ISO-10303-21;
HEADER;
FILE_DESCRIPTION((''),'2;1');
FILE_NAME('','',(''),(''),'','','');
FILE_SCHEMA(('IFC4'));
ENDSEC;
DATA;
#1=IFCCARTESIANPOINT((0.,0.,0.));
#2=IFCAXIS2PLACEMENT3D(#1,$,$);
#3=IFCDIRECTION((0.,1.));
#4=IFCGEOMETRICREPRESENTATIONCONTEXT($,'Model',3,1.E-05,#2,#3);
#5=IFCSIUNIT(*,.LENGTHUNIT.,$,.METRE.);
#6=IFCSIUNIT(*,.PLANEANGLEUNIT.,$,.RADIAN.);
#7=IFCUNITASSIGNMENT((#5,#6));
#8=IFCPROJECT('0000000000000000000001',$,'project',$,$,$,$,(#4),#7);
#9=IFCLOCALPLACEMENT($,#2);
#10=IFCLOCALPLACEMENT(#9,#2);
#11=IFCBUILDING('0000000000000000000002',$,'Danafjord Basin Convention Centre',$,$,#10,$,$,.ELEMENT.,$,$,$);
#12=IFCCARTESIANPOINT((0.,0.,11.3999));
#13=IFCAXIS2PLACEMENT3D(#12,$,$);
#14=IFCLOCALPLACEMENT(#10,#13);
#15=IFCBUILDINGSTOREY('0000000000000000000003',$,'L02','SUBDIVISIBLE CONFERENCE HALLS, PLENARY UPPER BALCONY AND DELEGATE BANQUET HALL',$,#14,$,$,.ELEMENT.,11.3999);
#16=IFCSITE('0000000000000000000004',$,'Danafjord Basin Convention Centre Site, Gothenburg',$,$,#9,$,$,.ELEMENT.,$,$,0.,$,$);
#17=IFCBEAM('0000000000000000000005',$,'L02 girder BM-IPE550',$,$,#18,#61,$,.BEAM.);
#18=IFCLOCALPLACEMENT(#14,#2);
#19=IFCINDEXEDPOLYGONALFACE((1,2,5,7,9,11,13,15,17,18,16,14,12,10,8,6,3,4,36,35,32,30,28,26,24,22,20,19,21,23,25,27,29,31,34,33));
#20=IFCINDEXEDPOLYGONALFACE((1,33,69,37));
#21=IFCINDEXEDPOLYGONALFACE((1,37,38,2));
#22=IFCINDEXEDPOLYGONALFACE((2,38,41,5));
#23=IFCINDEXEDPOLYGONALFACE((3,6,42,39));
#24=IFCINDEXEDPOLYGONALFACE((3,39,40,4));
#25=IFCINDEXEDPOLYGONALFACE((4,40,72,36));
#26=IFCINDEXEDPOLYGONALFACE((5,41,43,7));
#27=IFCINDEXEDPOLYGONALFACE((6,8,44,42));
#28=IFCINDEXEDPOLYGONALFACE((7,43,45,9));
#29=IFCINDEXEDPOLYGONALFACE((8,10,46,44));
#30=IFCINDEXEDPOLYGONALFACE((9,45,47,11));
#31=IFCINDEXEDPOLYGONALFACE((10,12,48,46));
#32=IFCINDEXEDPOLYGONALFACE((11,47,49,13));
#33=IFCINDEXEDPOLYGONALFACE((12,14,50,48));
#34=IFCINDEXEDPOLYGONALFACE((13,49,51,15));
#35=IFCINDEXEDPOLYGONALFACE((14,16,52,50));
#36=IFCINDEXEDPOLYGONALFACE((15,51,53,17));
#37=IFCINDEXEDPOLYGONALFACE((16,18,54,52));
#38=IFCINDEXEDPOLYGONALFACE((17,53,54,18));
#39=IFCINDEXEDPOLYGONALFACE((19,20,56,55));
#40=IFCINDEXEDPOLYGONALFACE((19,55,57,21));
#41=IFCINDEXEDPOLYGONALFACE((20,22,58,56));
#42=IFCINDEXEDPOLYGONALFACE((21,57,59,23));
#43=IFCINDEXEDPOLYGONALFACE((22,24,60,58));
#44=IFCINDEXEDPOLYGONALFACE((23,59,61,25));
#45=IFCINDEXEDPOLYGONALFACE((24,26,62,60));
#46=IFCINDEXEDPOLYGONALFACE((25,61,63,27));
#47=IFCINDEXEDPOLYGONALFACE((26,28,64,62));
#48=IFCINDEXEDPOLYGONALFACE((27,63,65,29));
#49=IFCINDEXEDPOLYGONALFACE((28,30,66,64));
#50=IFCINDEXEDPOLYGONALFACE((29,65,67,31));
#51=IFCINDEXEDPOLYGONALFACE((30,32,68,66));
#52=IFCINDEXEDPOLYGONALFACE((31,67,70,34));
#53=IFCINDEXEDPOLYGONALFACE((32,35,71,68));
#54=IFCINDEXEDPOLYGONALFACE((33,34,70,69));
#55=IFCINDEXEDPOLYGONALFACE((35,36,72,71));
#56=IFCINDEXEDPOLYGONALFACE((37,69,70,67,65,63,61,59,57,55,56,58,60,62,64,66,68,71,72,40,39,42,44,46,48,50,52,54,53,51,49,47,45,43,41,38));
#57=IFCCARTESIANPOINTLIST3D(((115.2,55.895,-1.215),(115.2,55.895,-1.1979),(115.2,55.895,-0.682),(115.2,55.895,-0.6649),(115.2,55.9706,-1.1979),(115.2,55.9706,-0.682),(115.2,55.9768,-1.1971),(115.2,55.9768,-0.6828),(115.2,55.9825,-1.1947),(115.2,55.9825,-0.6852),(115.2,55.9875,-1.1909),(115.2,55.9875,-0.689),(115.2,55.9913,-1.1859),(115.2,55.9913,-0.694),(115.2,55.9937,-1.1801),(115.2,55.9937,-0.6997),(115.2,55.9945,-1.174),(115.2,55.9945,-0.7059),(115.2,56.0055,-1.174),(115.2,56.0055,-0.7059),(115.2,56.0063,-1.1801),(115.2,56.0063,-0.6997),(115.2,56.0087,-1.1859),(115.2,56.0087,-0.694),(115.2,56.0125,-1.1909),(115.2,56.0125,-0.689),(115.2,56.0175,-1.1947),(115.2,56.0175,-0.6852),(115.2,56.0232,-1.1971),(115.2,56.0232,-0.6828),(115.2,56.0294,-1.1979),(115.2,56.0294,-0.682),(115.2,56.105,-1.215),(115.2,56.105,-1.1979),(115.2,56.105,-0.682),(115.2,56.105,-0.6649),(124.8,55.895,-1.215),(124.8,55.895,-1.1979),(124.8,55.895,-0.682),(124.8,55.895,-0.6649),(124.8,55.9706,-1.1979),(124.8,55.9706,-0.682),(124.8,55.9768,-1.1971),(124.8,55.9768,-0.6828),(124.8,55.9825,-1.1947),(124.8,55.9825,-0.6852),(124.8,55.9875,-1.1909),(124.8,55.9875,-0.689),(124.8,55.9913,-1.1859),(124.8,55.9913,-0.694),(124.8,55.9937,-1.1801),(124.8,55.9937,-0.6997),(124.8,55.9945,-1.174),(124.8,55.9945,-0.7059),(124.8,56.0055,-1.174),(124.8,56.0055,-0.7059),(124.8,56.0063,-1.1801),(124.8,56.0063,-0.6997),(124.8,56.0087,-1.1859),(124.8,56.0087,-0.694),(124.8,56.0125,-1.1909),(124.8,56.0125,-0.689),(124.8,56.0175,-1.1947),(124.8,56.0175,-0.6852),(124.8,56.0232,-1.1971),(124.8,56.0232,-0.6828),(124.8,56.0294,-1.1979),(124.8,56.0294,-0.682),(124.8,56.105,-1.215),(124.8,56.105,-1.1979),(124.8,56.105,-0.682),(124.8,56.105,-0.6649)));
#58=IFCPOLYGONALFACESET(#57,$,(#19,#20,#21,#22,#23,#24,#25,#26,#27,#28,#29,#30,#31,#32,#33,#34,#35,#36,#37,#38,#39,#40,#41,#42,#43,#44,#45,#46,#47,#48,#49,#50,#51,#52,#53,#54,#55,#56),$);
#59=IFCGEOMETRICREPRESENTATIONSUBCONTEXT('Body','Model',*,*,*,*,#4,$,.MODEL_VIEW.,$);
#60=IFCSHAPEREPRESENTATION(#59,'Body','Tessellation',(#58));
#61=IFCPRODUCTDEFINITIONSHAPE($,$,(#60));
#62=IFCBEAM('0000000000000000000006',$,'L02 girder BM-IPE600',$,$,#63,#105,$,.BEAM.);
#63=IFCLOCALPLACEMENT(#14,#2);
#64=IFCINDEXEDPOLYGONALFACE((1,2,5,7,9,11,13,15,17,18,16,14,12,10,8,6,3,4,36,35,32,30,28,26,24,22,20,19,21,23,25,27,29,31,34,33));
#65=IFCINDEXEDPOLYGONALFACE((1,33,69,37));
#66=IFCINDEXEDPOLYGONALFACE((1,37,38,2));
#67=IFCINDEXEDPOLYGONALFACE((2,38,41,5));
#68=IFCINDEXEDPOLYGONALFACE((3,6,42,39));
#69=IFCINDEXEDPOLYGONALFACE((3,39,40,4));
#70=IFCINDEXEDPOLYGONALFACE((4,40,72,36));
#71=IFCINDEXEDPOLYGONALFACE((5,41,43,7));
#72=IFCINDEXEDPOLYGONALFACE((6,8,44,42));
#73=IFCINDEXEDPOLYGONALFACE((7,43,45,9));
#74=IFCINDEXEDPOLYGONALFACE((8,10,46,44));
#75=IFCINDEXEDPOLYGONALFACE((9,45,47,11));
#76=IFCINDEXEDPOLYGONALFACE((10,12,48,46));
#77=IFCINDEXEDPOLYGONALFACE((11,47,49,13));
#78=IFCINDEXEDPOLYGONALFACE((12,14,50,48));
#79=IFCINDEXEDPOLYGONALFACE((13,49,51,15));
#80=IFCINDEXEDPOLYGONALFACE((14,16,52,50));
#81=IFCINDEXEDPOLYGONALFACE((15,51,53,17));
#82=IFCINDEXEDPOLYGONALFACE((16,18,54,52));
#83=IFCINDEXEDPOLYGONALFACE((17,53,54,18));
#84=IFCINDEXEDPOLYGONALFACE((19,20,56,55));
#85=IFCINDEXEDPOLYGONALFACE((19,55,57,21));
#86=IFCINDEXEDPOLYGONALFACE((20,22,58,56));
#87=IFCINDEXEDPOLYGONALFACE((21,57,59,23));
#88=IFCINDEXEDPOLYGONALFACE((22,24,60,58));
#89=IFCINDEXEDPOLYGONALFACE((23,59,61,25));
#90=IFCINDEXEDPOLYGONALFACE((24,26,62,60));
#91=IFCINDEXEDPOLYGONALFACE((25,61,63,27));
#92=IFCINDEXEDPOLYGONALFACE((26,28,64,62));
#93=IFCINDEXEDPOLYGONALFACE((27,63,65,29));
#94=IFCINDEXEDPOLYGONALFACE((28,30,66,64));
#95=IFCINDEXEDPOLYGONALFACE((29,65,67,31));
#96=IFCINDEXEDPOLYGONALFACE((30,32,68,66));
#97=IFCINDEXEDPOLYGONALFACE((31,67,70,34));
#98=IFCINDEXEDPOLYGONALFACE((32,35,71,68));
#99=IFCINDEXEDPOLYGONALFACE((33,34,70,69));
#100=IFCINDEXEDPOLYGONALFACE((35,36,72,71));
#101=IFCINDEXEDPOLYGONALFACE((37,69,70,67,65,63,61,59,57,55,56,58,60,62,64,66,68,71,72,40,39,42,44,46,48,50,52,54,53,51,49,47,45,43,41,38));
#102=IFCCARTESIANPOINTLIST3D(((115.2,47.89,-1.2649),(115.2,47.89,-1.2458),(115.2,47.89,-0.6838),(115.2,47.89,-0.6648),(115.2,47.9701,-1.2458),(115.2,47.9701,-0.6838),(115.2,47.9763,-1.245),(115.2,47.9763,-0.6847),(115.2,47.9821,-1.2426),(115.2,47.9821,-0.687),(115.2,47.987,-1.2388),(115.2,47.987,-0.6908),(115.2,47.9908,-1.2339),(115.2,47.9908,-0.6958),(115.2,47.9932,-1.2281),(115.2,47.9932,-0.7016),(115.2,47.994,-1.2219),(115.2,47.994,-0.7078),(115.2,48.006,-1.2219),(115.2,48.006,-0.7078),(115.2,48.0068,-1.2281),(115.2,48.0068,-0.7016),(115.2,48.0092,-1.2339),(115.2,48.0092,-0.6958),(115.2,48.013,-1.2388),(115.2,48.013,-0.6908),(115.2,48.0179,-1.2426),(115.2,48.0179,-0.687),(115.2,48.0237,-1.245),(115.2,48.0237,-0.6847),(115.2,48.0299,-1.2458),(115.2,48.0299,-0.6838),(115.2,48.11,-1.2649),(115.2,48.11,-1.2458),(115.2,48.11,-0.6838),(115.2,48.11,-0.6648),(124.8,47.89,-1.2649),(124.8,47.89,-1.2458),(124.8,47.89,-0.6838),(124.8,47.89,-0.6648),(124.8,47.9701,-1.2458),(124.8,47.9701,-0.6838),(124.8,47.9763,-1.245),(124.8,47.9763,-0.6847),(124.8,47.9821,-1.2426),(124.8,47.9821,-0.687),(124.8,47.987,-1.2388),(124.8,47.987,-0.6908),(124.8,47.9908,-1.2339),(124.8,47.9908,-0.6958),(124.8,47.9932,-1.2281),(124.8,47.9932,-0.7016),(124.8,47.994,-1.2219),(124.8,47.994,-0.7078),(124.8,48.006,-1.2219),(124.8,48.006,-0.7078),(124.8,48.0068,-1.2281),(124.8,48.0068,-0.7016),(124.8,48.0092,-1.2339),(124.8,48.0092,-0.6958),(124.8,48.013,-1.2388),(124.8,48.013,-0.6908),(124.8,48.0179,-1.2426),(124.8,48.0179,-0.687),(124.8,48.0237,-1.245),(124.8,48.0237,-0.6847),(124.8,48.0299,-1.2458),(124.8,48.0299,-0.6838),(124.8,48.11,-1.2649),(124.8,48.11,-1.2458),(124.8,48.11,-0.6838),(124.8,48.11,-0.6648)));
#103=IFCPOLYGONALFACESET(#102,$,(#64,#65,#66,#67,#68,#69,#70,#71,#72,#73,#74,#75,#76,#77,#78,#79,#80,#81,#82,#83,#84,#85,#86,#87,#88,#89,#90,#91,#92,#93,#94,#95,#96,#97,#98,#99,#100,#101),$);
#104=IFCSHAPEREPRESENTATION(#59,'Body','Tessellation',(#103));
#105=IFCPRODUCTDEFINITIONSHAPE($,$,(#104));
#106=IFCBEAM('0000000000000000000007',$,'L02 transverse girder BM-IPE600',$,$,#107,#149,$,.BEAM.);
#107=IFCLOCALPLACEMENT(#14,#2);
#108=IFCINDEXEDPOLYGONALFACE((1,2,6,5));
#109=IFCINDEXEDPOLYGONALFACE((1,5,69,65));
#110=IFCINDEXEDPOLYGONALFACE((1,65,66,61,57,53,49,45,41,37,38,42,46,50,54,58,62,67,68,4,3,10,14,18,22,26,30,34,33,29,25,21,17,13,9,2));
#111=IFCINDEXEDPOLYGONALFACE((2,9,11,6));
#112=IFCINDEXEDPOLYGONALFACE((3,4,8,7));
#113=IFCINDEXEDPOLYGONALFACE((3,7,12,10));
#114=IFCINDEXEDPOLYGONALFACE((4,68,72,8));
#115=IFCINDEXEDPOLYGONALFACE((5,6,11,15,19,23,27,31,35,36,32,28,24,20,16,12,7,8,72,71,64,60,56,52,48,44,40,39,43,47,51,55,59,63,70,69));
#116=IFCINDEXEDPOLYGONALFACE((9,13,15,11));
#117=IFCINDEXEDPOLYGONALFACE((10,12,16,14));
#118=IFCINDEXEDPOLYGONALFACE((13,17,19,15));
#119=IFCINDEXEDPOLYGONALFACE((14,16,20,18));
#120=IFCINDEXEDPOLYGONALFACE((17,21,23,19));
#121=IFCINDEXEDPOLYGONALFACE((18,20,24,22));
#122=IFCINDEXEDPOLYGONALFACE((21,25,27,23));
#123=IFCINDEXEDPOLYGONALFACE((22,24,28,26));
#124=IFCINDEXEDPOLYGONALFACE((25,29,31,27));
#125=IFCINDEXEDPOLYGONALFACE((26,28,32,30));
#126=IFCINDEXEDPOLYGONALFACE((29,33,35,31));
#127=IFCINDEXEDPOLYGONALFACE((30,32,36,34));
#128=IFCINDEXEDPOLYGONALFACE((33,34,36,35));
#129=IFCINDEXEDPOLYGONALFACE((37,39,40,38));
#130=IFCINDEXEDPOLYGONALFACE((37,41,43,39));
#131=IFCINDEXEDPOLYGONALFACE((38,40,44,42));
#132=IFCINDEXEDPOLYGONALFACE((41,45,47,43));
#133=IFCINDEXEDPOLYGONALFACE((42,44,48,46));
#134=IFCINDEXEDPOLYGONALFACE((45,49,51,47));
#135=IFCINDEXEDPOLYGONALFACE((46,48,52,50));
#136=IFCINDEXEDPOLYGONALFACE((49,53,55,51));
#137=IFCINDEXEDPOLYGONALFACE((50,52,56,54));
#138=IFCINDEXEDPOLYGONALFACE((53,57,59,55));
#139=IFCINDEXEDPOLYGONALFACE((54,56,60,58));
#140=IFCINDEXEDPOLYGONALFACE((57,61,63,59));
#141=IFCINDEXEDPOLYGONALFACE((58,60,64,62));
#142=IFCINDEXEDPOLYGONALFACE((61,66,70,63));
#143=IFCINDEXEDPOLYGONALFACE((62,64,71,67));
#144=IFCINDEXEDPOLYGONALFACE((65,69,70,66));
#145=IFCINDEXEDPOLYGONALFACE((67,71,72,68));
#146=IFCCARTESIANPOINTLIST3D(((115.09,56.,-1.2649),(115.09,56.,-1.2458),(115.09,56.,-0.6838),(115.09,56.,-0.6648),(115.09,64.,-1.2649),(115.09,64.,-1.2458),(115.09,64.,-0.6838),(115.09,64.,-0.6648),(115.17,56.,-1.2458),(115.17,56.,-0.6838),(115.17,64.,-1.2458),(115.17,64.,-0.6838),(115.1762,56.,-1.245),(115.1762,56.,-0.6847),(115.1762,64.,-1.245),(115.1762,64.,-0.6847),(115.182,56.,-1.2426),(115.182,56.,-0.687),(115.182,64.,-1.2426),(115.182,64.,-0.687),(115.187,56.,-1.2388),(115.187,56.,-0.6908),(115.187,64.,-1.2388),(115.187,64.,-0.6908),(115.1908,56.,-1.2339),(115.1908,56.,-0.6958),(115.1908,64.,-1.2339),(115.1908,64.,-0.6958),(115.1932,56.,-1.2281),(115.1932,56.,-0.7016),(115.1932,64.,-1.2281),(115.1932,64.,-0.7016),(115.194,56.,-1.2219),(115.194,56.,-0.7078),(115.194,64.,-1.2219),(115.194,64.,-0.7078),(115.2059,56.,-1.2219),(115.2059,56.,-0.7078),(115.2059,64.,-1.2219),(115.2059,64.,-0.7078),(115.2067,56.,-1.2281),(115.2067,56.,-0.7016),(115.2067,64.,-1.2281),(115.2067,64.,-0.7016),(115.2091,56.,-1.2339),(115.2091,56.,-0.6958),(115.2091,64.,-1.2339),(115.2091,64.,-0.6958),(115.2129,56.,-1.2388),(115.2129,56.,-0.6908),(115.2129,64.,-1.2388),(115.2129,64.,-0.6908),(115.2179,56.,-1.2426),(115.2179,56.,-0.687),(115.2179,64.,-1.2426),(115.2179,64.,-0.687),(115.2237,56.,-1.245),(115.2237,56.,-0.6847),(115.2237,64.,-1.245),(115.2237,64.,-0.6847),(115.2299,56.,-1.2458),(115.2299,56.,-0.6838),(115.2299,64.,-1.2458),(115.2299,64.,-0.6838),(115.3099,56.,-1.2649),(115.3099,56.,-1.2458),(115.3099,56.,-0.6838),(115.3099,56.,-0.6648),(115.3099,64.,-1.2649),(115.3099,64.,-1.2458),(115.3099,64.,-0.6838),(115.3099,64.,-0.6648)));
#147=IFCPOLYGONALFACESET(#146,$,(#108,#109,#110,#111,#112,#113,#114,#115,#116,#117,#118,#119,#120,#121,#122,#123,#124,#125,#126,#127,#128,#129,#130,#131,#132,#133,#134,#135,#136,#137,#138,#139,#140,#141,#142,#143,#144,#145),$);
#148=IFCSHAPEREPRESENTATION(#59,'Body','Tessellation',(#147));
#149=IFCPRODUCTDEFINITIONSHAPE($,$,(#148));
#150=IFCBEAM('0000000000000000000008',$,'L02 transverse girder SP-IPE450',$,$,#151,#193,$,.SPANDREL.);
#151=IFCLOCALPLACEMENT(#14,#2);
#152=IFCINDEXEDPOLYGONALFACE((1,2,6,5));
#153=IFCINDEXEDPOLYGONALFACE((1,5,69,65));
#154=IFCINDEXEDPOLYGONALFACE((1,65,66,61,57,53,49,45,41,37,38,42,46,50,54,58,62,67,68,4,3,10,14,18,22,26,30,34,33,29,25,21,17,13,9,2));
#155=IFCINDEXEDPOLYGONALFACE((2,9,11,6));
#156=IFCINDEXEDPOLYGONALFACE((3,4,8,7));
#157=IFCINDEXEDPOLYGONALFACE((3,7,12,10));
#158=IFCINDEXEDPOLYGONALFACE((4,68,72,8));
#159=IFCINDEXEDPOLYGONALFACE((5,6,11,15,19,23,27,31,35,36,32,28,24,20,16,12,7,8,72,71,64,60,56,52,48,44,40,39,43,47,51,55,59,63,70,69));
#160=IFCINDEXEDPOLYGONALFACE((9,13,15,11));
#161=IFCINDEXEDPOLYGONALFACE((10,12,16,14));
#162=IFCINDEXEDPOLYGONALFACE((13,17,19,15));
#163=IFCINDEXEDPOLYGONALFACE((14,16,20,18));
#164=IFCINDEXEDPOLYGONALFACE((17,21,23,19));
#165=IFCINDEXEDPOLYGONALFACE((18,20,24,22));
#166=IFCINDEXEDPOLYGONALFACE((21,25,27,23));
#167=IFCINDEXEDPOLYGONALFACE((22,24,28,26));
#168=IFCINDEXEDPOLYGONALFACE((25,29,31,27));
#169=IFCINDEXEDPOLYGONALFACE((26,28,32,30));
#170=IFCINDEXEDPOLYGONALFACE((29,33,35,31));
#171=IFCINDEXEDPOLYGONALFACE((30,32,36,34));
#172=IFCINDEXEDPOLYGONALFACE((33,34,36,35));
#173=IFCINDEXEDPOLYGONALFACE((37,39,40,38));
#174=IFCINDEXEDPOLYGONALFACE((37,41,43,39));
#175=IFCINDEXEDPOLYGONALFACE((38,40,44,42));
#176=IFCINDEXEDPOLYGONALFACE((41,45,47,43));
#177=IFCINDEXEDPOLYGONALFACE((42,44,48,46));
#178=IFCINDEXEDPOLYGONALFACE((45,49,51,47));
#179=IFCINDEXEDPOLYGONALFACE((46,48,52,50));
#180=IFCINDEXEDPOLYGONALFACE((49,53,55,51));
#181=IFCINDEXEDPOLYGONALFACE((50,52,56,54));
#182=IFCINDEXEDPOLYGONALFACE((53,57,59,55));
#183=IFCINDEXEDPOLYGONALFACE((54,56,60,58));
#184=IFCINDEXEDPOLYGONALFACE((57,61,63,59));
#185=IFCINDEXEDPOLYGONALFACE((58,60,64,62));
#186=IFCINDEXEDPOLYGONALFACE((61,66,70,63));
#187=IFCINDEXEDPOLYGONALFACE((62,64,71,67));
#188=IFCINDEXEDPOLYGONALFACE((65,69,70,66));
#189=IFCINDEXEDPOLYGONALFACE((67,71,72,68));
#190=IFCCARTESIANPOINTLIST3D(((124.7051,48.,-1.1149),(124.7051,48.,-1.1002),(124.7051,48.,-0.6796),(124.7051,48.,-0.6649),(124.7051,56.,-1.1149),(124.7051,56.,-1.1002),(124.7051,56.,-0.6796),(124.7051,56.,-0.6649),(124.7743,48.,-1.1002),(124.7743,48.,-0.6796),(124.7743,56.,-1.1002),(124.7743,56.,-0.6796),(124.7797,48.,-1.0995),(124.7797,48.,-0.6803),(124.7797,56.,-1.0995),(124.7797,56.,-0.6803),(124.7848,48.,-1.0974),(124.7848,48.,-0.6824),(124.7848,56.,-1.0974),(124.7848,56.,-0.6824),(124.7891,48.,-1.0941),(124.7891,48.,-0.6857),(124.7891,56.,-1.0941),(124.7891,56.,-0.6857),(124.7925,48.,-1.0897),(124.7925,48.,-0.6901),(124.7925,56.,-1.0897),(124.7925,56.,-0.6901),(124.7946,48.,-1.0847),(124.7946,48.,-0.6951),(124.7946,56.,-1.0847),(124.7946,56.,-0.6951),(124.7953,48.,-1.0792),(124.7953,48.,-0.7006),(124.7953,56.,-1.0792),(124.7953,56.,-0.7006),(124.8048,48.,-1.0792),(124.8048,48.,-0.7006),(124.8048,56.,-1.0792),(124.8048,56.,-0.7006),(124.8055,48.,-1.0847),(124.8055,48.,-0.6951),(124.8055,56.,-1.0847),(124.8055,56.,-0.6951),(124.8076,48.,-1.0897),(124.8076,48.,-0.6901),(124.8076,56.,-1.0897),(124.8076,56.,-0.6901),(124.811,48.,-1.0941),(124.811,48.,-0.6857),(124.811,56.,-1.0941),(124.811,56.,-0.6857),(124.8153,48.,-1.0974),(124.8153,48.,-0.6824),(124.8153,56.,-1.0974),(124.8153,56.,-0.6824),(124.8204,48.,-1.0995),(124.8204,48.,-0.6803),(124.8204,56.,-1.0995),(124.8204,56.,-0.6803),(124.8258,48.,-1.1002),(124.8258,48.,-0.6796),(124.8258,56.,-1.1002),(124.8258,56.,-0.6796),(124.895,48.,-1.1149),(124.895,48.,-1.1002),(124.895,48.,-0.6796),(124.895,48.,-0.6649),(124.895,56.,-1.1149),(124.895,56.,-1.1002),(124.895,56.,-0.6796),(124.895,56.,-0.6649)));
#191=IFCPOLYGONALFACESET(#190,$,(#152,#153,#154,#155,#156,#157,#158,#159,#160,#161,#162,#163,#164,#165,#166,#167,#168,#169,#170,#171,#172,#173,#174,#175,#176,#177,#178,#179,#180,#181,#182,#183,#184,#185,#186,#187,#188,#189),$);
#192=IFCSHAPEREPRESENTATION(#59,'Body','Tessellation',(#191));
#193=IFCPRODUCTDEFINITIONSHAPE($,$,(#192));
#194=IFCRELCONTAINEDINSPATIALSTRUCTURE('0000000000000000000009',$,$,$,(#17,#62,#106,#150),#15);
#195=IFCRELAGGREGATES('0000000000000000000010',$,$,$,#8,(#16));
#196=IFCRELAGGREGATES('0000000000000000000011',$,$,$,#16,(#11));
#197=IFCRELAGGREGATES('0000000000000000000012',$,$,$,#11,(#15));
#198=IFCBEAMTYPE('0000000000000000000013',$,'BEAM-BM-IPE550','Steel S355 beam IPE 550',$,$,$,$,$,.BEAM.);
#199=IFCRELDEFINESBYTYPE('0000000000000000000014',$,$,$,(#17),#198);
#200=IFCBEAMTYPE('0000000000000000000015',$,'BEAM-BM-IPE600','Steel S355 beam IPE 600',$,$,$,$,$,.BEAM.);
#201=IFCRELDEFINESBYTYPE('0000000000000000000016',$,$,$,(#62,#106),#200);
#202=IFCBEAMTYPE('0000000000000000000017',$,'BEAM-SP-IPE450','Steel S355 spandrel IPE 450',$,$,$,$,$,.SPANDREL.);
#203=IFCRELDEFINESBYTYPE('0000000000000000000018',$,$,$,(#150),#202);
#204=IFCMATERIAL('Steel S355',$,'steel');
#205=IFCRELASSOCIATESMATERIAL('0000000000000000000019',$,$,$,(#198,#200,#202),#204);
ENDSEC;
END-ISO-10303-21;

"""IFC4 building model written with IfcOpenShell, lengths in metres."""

from ifc_helpers import new_model, si_unit, direction, frame, origin, origin_2d, place, context, subcontext, project, spatial, i_section, extrude, material, material_profile, profile_set, type_object, element, save


model = new_model("IFC4")

# Units and contexts
model_context = context("Model", 3, precision=1e-05, world=origin(), true_north=direction((0.0, 1.0)))
body_context = subcontext(model_context, "Body", "Model", "MODEL_VIEW")
ifc_project = project(units=[si_unit("LENGTHUNIT", "METRE"), si_unit("PLANEANGLEUNIT", "RADIAN")], contexts=[model_context])

# Site, building, storey
site_placement = place(None, origin())
site = spatial("IfcSite", under=ifc_project, at=site_placement, Name="Danafjord Basin Convention Centre Site, Gothenburg", CompositionType="ELEMENT", RefElevation=0.0)
building_placement = place(site_placement, origin())
building = spatial("IfcBuilding", under=site, at=building_placement, Name="Danafjord Basin Convention Centre", CompositionType="ELEMENT")
storey_placement = place(building_placement, frame((0.0, 0.0, 11.3999)))
storey = spatial("IfcBuildingStorey", under=building, at=storey_placement, Name="L02", Description="SUBDIVISIBLE CONFERENCE HALLS, PLENARY UPPER BALCONY AND DELEGATE BANQUET HALL", CompositionType="ELEMENT", Elevation=11.3999)

# Shared definitions
ifc_material_1 = material(Name="Steel S355", Category="steel")

# Beams
ifc_material_profile_1 = material_profile(ifc_material_1, i_section(OverallWidth=0.21, OverallDepth=0.55, WebThickness=0.011, FlangeThickness=0.0171, FilletRadius=0.0239, at=origin_2d()), Name="IPE 550")
ifc_profile_set_1 = profile_set([ifc_material_profile_1], Name="Steel S355")
beam_type_1 = type_object("IfcBeamType", Name="BEAM-BM-IPE550", Description="Steel S355 beam IPE 550", PredefinedType="BEAM", material=ifc_profile_set_1)
beam_1_placement = place(storey_placement, frame((115.2, 56.0, -0.9399), z_axis=(1.0, 0.0, 0.0), x_axis=(0.0, 1.0, 0.0)))
element("IfcBeam", 1, at=beam_1_placement, inside=storey, type_object=beam_type_1, Name="L02 girder BM-IPE550", PredefinedType="BEAM", context=body_context, shape_type="SweptSolid", body=[
    extrude(i_section(OverallWidth=0.21, OverallDepth=0.55, WebThickness=0.011, FlangeThickness=0.0171, FilletRadius=0.0239, at=origin_2d()), origin(), (0.0, 0.0, 1.0), 9.6001),
])
ifc_material_profile_2 = material_profile(ifc_material_1, i_section(OverallWidth=0.22, OverallDepth=0.6001, WebThickness=0.012, FlangeThickness=0.019, FilletRadius=0.0239, at=origin_2d()), Name="IPE 600")
ifc_profile_set_2 = profile_set([ifc_material_profile_2], Name="Steel S355")
beam_type_2 = type_object("IfcBeamType", Name="BEAM-BM-IPE600", Description="Steel S355 beam IPE 600", PredefinedType="BEAM", material=ifc_profile_set_2)
beam_2_placement = place(storey_placement, frame((115.2, 48.0, -0.9648), z_axis=(1.0, 0.0, 0.0), x_axis=(0.0, 1.0, 0.0)))
element("IfcBeam", 2, at=beam_2_placement, inside=storey, type_object=beam_type_2, Name="L02 girder BM-IPE600", PredefinedType="BEAM", context=body_context, shape_type="SweptSolid", body=[
    extrude(i_section(OverallWidth=0.22, OverallDepth=0.6001, WebThickness=0.012, FlangeThickness=0.019, FilletRadius=0.0239, at=origin_2d()), origin(), (0.0, 0.0, 1.0), 9.6001),
])
beam_3_placement = place(storey_placement, frame((115.2, 56.0, -0.9648), z_axis=(0.0, 1.0, 0.0), x_axis=(-1.0, 0.0, 0.0)))
element("IfcBeam", 3, at=beam_3_placement, inside=storey, type_object=beam_type_2, Name="L02 transverse girder BM-IPE600", PredefinedType="BEAM", context=body_context, shape_type="SweptSolid", body=[
    extrude(i_section(OverallWidth=0.22, OverallDepth=0.6001, WebThickness=0.012, FlangeThickness=0.019, FilletRadius=0.0239, at=origin_2d()), origin(), (0.0, 0.0, 1.0), 8.0),
])
ifc_material_profile_3 = material_profile(ifc_material_1, i_section(OverallWidth=0.1899, OverallDepth=0.45, WebThickness=0.0095, FlangeThickness=0.0146, FilletRadius=0.021, at=origin_2d()), Name="IPE 450")
ifc_profile_set_3 = profile_set([ifc_material_profile_3], Name="Steel S355")
beam_type_3 = type_object("IfcBeamType", Name="BEAM-SP-IPE450", Description="Steel S355 spandrel IPE 450", PredefinedType="SPANDREL", material=ifc_profile_set_3)
beam_4_placement = place(storey_placement, frame((124.8, 48.0, -0.8899), z_axis=(0.0, 1.0, 0.0), x_axis=(-1.0, 0.0, 0.0)))
element("IfcBeam", 4, at=beam_4_placement, inside=storey, type_object=beam_type_3, Name="L02 transverse girder SP-IPE450", PredefinedType="SPANDREL", context=body_context, shape_type="SweptSolid", body=[
    extrude(i_section(OverallWidth=0.1899, OverallDepth=0.45, WebThickness=0.0095, FlangeThickness=0.0146, FilletRadius=0.021, at=origin_2d()), origin(), (0.0, 0.0, 1.0), 8.0),
])

save(model, "model.ifc")
